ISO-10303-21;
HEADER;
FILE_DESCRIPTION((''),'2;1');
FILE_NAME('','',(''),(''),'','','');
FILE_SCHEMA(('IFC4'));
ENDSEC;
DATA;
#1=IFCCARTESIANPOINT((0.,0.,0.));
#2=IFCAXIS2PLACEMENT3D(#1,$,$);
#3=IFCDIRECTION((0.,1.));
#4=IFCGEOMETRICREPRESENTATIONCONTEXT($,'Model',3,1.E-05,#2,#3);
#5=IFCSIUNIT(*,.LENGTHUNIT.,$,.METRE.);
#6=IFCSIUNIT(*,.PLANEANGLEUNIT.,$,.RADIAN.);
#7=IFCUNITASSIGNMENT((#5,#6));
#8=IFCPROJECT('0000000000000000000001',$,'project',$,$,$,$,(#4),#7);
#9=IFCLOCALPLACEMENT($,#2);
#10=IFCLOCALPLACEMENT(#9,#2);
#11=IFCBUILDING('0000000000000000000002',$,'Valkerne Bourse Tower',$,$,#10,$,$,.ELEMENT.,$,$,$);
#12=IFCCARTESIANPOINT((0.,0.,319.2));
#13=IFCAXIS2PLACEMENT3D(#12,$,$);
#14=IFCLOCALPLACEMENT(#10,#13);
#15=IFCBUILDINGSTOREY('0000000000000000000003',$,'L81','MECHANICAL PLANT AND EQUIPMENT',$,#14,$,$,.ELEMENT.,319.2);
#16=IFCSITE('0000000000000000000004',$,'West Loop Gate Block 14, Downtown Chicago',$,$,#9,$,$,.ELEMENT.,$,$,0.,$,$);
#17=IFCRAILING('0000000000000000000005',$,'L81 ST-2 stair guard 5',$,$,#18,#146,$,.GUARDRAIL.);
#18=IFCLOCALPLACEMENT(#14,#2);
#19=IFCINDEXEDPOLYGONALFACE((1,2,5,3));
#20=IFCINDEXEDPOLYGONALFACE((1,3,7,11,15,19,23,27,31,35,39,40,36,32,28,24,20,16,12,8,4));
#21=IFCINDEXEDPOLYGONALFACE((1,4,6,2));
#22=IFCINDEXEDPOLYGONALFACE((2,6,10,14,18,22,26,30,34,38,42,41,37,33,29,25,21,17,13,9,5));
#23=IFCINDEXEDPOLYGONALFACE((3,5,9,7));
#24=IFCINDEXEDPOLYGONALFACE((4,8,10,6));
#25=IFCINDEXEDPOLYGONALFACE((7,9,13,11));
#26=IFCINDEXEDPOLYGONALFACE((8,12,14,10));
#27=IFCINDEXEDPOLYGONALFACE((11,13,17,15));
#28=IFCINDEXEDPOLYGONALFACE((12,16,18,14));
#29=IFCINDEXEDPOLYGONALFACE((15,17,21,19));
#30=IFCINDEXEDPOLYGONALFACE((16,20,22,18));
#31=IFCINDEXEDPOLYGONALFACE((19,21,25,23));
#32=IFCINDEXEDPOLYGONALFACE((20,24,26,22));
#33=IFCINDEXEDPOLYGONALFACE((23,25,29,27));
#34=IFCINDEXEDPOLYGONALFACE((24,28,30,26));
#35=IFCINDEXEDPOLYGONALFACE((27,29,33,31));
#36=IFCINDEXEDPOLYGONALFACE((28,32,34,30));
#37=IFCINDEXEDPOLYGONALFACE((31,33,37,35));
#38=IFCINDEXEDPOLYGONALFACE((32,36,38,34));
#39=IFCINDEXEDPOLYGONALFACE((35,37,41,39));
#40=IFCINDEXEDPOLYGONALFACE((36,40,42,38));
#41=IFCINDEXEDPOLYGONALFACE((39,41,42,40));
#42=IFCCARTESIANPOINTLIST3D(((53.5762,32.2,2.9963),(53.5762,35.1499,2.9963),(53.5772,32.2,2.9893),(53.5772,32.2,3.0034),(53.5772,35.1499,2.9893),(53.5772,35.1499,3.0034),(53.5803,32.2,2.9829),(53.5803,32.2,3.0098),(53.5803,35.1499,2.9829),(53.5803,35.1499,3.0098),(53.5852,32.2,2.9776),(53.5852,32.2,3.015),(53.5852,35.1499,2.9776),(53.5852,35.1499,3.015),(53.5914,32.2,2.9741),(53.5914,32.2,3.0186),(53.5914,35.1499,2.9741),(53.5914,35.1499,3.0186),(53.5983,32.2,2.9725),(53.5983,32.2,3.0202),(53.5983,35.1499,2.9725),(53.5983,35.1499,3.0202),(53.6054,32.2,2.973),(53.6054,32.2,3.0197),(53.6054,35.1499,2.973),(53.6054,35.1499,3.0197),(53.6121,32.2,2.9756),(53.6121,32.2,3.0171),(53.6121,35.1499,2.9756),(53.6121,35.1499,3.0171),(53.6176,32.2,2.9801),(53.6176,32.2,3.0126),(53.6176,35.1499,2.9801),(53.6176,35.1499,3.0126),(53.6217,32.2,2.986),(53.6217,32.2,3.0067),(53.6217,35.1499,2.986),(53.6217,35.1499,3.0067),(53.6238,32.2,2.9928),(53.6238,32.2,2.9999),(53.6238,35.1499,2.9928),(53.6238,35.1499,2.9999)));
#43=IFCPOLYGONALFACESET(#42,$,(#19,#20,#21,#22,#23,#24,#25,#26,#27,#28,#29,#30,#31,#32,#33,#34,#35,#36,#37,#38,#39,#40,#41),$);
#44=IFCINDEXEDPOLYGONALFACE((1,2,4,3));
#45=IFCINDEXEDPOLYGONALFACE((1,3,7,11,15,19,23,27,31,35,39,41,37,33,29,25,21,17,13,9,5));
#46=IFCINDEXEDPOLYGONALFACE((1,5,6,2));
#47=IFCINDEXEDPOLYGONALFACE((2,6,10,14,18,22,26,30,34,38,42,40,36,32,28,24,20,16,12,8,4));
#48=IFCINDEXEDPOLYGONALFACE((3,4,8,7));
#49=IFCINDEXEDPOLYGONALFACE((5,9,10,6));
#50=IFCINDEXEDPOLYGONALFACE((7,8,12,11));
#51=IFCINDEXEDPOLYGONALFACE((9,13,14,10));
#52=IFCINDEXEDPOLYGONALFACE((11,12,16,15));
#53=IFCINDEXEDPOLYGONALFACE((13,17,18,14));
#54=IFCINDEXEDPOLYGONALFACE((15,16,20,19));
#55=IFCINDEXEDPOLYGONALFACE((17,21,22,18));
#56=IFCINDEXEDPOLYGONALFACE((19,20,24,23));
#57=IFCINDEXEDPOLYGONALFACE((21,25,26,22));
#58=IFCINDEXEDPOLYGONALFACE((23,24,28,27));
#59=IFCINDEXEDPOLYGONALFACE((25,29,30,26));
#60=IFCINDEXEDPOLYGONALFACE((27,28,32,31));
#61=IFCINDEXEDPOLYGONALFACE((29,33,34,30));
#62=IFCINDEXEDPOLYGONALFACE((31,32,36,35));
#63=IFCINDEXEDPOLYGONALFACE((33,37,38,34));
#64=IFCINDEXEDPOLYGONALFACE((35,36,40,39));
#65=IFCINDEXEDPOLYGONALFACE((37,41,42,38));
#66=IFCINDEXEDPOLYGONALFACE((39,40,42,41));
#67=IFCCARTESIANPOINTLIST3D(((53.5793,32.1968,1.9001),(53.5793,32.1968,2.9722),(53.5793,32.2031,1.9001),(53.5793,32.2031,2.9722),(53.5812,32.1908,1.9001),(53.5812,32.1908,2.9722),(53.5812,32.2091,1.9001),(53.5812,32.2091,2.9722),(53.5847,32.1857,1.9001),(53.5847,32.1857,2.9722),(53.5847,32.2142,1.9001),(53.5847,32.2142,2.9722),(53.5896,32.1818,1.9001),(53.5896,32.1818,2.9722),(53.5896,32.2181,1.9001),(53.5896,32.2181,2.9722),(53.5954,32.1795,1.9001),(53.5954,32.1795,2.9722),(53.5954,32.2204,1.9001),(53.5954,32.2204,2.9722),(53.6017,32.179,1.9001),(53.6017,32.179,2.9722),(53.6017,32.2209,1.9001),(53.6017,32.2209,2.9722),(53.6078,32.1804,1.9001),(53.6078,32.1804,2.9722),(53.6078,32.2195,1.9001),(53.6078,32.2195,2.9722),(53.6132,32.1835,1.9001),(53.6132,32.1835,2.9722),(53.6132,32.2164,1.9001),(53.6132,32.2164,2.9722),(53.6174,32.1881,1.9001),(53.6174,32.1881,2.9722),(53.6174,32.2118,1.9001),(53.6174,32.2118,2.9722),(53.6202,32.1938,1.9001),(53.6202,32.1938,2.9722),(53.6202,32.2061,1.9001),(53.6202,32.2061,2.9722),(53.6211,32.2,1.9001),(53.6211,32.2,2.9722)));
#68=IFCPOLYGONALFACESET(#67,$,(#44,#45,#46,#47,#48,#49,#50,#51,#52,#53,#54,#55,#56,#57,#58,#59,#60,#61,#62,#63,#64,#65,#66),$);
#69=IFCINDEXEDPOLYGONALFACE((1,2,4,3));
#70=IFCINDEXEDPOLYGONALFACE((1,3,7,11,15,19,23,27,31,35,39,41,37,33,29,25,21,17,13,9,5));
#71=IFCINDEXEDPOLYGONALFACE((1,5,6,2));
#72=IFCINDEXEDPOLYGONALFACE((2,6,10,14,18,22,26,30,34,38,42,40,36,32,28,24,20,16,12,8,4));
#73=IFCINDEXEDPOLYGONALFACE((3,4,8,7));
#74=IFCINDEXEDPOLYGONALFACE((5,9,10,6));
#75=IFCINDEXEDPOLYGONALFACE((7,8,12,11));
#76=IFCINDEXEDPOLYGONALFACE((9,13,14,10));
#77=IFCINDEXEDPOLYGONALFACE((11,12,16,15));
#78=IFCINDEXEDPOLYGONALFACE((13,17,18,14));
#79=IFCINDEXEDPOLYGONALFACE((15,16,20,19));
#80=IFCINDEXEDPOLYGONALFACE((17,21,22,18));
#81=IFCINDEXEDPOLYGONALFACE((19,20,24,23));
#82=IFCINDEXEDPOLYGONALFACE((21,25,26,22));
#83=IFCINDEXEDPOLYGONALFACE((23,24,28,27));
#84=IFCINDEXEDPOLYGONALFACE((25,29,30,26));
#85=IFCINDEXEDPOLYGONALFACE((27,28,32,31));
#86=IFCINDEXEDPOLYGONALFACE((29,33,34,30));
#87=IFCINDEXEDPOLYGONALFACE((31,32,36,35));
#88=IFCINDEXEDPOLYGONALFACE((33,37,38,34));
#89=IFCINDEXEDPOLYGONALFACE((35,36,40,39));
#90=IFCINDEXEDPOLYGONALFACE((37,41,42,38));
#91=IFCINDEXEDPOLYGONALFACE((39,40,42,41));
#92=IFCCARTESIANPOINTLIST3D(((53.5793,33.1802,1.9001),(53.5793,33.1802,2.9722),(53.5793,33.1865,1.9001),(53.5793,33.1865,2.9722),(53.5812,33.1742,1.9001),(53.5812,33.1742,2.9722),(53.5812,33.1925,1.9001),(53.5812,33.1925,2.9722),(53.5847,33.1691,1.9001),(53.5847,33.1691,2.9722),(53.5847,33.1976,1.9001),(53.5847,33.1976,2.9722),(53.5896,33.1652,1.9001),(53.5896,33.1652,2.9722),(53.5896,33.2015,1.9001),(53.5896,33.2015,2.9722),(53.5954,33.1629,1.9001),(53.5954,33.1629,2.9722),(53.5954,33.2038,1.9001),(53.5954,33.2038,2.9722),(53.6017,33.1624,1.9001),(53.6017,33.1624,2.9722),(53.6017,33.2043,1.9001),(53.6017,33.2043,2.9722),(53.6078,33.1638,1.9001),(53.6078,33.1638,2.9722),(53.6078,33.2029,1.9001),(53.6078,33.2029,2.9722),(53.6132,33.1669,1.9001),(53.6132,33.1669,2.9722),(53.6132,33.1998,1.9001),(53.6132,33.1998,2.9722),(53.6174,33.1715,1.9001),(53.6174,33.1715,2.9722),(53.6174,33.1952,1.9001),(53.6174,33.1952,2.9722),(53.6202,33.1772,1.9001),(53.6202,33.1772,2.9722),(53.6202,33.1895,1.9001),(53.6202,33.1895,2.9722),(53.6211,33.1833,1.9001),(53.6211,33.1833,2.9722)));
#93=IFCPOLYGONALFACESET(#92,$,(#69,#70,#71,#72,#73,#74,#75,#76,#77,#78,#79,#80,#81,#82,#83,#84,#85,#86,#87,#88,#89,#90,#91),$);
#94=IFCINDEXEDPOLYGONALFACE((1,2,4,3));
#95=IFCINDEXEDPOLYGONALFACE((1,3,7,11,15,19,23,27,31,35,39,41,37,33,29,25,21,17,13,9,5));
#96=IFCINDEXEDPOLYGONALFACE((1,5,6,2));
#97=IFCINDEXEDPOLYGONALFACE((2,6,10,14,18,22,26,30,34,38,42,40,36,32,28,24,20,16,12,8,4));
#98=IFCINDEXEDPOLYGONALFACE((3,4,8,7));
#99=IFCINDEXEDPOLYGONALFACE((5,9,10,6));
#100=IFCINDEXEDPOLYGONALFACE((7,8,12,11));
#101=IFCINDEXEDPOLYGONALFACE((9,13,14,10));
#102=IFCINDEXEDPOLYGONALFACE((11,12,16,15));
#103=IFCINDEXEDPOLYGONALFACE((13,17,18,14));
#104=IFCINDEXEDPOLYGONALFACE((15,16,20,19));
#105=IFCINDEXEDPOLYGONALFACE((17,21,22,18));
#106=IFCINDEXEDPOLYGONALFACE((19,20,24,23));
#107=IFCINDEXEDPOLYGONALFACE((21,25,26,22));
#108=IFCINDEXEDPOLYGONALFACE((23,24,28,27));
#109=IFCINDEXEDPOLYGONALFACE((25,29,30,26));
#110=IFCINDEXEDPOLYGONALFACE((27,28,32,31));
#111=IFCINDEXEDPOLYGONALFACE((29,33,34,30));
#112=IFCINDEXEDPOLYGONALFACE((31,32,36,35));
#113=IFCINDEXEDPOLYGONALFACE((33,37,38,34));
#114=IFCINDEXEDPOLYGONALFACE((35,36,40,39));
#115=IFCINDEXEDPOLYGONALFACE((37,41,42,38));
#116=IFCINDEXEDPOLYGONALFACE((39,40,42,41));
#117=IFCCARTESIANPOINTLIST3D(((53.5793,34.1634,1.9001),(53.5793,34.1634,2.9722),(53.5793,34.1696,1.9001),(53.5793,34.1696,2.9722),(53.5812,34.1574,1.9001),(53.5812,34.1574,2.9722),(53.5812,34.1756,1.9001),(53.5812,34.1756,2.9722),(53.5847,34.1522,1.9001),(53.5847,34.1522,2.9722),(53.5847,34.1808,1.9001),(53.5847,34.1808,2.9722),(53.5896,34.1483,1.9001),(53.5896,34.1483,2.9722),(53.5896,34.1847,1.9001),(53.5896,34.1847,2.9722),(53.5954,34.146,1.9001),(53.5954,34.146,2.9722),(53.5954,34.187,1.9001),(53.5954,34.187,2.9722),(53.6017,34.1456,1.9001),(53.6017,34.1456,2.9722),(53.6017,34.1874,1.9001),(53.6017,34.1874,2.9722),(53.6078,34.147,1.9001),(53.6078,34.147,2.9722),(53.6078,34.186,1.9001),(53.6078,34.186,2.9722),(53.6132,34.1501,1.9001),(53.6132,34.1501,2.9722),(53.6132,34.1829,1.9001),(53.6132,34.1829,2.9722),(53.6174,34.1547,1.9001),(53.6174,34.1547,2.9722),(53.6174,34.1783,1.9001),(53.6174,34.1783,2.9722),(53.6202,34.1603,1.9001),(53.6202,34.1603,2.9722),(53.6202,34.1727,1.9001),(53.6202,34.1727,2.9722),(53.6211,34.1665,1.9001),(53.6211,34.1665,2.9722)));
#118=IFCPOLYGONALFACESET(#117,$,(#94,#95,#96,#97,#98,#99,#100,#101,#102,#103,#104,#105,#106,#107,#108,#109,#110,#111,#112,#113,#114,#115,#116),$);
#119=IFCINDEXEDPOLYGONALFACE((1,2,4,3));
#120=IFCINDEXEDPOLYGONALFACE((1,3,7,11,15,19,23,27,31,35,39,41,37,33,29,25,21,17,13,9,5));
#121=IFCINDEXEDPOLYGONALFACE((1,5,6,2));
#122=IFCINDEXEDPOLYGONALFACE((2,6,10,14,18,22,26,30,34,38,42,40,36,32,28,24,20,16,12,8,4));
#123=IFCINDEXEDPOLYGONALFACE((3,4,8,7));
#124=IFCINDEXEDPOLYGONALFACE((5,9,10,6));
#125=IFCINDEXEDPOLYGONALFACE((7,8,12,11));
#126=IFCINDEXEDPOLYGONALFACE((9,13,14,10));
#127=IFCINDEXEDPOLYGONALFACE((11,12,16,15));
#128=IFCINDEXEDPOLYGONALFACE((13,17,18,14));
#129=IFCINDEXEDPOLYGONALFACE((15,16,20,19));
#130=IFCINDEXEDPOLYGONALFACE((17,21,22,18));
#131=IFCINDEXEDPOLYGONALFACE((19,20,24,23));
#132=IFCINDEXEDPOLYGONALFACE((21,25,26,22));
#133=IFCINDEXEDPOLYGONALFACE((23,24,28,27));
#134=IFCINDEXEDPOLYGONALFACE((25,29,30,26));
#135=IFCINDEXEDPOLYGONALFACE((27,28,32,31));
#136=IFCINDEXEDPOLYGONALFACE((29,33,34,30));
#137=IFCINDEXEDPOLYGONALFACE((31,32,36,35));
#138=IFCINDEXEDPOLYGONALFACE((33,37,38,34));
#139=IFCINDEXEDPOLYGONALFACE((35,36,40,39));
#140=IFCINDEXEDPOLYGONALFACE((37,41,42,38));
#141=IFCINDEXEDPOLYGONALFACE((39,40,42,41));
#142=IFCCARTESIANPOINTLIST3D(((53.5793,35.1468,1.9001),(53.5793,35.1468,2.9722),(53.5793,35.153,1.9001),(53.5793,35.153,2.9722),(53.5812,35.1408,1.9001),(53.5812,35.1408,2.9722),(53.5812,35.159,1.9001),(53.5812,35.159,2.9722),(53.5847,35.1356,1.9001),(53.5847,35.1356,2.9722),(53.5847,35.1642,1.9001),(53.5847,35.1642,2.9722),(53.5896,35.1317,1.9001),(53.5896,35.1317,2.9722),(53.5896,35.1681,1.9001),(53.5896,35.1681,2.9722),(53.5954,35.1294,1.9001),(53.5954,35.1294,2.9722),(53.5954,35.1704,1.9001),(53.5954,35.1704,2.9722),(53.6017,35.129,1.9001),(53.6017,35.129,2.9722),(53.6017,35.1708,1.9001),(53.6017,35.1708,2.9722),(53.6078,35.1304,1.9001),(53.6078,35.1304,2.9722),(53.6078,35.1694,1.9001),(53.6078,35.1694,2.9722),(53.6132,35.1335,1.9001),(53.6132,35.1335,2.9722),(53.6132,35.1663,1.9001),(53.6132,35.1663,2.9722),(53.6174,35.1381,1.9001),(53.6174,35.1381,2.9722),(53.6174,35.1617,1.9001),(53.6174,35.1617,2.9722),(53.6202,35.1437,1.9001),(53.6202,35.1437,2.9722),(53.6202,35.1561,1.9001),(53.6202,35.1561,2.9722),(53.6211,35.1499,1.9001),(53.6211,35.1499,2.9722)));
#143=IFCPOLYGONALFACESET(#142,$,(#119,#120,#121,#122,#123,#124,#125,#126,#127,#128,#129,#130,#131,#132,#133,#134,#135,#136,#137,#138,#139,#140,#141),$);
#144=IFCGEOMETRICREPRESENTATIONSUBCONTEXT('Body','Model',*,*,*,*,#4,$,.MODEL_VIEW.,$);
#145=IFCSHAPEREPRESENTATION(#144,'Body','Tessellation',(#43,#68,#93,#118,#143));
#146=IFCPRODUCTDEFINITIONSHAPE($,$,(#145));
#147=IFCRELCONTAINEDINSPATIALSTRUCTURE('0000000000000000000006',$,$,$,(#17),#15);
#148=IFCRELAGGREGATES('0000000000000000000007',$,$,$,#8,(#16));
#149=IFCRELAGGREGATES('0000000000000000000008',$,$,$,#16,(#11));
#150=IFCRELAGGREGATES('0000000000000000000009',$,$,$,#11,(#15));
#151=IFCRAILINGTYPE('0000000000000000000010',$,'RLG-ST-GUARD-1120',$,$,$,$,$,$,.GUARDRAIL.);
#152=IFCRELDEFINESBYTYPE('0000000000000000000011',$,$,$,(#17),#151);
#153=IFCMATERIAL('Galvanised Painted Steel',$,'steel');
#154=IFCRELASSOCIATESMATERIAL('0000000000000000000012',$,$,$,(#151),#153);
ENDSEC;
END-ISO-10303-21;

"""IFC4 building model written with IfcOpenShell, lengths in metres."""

from ifc_helpers import new_model, si_unit, direction, frame, origin, origin_2d, place, context, subcontext, project, spatial, circle, extrude, material, type_object, element, save


model = new_model("IFC4")

# Units and contexts
model_context = context("Model", 3, precision=1e-05, world=origin(), true_north=direction((0.0, 1.0)))
body_context = subcontext(model_context, "Body", "Model", "MODEL_VIEW")
ifc_project = project(units=[si_unit("LENGTHUNIT", "METRE"), si_unit("PLANEANGLEUNIT", "RADIAN")], contexts=[model_context])

# Site, building, storey
site_placement = place(None, origin())
site = spatial("IfcSite", under=ifc_project, at=site_placement, Name="West Loop Gate Block 14, Downtown Chicago", CompositionType="ELEMENT", RefElevation=0.0)
building_placement = place(site_placement, origin())
building = spatial("IfcBuilding", under=site, at=building_placement, Name="Valkerne Bourse Tower", CompositionType="ELEMENT")
storey_placement = place(building_placement, frame((0.0, 0.0, 319.2)))
storey = spatial("IfcBuildingStorey", under=building, at=storey_placement, Name="L81", Description="MECHANICAL PLANT AND EQUIPMENT", CompositionType="ELEMENT", Elevation=319.2)

# Shared definitions
ifc_material_1 = material(Name="Galvanised Painted Steel", Category="steel")

# Railing
railing_type_1 = type_object("IfcRailingType", Name="RLG-ST-GUARD-1120", PredefinedType="GUARDRAIL", material=ifc_material_1)
railing_1_placement = place(storey_placement, frame((53.6001, 32.2, 1.9001)))
element("IfcRailing", 1, at=railing_1_placement, inside=storey, type_object=railing_type_1, Name="L81 ST-2 stair guard 5", PredefinedType="GUARDRAIL", context=body_context, shape_type="SweptSolid", body=[
    extrude(circle(Radius=0.0239, at=origin_2d()), frame((0.0, 0.0, 1.0962), z_axis=(0.0, 1.0, 0.0), x_axis=(-1.0, 0.0, 0.0)), (0.0, 0.0, 1.0), 2.95),
    extrude(circle(Radius=0.021, at=origin_2d()), origin(), (0.0, 0.0, 1.0), 1.072),
    extrude(circle(Radius=0.021, at=origin_2d()), frame((0.0, 0.9834, 0.0)), (0.0, 0.0, 1.0), 1.072),
    extrude(circle(Radius=0.021, at=origin_2d()), frame((0.0, 1.9666, 0.0)), (0.0, 0.0, 1.0), 1.072),
    extrude(circle(Radius=0.021, at=origin_2d()), frame((0.0, 2.95, 0.0)), (0.0, 0.0, 1.0), 1.072),
])

save(model, "model.ifc")
